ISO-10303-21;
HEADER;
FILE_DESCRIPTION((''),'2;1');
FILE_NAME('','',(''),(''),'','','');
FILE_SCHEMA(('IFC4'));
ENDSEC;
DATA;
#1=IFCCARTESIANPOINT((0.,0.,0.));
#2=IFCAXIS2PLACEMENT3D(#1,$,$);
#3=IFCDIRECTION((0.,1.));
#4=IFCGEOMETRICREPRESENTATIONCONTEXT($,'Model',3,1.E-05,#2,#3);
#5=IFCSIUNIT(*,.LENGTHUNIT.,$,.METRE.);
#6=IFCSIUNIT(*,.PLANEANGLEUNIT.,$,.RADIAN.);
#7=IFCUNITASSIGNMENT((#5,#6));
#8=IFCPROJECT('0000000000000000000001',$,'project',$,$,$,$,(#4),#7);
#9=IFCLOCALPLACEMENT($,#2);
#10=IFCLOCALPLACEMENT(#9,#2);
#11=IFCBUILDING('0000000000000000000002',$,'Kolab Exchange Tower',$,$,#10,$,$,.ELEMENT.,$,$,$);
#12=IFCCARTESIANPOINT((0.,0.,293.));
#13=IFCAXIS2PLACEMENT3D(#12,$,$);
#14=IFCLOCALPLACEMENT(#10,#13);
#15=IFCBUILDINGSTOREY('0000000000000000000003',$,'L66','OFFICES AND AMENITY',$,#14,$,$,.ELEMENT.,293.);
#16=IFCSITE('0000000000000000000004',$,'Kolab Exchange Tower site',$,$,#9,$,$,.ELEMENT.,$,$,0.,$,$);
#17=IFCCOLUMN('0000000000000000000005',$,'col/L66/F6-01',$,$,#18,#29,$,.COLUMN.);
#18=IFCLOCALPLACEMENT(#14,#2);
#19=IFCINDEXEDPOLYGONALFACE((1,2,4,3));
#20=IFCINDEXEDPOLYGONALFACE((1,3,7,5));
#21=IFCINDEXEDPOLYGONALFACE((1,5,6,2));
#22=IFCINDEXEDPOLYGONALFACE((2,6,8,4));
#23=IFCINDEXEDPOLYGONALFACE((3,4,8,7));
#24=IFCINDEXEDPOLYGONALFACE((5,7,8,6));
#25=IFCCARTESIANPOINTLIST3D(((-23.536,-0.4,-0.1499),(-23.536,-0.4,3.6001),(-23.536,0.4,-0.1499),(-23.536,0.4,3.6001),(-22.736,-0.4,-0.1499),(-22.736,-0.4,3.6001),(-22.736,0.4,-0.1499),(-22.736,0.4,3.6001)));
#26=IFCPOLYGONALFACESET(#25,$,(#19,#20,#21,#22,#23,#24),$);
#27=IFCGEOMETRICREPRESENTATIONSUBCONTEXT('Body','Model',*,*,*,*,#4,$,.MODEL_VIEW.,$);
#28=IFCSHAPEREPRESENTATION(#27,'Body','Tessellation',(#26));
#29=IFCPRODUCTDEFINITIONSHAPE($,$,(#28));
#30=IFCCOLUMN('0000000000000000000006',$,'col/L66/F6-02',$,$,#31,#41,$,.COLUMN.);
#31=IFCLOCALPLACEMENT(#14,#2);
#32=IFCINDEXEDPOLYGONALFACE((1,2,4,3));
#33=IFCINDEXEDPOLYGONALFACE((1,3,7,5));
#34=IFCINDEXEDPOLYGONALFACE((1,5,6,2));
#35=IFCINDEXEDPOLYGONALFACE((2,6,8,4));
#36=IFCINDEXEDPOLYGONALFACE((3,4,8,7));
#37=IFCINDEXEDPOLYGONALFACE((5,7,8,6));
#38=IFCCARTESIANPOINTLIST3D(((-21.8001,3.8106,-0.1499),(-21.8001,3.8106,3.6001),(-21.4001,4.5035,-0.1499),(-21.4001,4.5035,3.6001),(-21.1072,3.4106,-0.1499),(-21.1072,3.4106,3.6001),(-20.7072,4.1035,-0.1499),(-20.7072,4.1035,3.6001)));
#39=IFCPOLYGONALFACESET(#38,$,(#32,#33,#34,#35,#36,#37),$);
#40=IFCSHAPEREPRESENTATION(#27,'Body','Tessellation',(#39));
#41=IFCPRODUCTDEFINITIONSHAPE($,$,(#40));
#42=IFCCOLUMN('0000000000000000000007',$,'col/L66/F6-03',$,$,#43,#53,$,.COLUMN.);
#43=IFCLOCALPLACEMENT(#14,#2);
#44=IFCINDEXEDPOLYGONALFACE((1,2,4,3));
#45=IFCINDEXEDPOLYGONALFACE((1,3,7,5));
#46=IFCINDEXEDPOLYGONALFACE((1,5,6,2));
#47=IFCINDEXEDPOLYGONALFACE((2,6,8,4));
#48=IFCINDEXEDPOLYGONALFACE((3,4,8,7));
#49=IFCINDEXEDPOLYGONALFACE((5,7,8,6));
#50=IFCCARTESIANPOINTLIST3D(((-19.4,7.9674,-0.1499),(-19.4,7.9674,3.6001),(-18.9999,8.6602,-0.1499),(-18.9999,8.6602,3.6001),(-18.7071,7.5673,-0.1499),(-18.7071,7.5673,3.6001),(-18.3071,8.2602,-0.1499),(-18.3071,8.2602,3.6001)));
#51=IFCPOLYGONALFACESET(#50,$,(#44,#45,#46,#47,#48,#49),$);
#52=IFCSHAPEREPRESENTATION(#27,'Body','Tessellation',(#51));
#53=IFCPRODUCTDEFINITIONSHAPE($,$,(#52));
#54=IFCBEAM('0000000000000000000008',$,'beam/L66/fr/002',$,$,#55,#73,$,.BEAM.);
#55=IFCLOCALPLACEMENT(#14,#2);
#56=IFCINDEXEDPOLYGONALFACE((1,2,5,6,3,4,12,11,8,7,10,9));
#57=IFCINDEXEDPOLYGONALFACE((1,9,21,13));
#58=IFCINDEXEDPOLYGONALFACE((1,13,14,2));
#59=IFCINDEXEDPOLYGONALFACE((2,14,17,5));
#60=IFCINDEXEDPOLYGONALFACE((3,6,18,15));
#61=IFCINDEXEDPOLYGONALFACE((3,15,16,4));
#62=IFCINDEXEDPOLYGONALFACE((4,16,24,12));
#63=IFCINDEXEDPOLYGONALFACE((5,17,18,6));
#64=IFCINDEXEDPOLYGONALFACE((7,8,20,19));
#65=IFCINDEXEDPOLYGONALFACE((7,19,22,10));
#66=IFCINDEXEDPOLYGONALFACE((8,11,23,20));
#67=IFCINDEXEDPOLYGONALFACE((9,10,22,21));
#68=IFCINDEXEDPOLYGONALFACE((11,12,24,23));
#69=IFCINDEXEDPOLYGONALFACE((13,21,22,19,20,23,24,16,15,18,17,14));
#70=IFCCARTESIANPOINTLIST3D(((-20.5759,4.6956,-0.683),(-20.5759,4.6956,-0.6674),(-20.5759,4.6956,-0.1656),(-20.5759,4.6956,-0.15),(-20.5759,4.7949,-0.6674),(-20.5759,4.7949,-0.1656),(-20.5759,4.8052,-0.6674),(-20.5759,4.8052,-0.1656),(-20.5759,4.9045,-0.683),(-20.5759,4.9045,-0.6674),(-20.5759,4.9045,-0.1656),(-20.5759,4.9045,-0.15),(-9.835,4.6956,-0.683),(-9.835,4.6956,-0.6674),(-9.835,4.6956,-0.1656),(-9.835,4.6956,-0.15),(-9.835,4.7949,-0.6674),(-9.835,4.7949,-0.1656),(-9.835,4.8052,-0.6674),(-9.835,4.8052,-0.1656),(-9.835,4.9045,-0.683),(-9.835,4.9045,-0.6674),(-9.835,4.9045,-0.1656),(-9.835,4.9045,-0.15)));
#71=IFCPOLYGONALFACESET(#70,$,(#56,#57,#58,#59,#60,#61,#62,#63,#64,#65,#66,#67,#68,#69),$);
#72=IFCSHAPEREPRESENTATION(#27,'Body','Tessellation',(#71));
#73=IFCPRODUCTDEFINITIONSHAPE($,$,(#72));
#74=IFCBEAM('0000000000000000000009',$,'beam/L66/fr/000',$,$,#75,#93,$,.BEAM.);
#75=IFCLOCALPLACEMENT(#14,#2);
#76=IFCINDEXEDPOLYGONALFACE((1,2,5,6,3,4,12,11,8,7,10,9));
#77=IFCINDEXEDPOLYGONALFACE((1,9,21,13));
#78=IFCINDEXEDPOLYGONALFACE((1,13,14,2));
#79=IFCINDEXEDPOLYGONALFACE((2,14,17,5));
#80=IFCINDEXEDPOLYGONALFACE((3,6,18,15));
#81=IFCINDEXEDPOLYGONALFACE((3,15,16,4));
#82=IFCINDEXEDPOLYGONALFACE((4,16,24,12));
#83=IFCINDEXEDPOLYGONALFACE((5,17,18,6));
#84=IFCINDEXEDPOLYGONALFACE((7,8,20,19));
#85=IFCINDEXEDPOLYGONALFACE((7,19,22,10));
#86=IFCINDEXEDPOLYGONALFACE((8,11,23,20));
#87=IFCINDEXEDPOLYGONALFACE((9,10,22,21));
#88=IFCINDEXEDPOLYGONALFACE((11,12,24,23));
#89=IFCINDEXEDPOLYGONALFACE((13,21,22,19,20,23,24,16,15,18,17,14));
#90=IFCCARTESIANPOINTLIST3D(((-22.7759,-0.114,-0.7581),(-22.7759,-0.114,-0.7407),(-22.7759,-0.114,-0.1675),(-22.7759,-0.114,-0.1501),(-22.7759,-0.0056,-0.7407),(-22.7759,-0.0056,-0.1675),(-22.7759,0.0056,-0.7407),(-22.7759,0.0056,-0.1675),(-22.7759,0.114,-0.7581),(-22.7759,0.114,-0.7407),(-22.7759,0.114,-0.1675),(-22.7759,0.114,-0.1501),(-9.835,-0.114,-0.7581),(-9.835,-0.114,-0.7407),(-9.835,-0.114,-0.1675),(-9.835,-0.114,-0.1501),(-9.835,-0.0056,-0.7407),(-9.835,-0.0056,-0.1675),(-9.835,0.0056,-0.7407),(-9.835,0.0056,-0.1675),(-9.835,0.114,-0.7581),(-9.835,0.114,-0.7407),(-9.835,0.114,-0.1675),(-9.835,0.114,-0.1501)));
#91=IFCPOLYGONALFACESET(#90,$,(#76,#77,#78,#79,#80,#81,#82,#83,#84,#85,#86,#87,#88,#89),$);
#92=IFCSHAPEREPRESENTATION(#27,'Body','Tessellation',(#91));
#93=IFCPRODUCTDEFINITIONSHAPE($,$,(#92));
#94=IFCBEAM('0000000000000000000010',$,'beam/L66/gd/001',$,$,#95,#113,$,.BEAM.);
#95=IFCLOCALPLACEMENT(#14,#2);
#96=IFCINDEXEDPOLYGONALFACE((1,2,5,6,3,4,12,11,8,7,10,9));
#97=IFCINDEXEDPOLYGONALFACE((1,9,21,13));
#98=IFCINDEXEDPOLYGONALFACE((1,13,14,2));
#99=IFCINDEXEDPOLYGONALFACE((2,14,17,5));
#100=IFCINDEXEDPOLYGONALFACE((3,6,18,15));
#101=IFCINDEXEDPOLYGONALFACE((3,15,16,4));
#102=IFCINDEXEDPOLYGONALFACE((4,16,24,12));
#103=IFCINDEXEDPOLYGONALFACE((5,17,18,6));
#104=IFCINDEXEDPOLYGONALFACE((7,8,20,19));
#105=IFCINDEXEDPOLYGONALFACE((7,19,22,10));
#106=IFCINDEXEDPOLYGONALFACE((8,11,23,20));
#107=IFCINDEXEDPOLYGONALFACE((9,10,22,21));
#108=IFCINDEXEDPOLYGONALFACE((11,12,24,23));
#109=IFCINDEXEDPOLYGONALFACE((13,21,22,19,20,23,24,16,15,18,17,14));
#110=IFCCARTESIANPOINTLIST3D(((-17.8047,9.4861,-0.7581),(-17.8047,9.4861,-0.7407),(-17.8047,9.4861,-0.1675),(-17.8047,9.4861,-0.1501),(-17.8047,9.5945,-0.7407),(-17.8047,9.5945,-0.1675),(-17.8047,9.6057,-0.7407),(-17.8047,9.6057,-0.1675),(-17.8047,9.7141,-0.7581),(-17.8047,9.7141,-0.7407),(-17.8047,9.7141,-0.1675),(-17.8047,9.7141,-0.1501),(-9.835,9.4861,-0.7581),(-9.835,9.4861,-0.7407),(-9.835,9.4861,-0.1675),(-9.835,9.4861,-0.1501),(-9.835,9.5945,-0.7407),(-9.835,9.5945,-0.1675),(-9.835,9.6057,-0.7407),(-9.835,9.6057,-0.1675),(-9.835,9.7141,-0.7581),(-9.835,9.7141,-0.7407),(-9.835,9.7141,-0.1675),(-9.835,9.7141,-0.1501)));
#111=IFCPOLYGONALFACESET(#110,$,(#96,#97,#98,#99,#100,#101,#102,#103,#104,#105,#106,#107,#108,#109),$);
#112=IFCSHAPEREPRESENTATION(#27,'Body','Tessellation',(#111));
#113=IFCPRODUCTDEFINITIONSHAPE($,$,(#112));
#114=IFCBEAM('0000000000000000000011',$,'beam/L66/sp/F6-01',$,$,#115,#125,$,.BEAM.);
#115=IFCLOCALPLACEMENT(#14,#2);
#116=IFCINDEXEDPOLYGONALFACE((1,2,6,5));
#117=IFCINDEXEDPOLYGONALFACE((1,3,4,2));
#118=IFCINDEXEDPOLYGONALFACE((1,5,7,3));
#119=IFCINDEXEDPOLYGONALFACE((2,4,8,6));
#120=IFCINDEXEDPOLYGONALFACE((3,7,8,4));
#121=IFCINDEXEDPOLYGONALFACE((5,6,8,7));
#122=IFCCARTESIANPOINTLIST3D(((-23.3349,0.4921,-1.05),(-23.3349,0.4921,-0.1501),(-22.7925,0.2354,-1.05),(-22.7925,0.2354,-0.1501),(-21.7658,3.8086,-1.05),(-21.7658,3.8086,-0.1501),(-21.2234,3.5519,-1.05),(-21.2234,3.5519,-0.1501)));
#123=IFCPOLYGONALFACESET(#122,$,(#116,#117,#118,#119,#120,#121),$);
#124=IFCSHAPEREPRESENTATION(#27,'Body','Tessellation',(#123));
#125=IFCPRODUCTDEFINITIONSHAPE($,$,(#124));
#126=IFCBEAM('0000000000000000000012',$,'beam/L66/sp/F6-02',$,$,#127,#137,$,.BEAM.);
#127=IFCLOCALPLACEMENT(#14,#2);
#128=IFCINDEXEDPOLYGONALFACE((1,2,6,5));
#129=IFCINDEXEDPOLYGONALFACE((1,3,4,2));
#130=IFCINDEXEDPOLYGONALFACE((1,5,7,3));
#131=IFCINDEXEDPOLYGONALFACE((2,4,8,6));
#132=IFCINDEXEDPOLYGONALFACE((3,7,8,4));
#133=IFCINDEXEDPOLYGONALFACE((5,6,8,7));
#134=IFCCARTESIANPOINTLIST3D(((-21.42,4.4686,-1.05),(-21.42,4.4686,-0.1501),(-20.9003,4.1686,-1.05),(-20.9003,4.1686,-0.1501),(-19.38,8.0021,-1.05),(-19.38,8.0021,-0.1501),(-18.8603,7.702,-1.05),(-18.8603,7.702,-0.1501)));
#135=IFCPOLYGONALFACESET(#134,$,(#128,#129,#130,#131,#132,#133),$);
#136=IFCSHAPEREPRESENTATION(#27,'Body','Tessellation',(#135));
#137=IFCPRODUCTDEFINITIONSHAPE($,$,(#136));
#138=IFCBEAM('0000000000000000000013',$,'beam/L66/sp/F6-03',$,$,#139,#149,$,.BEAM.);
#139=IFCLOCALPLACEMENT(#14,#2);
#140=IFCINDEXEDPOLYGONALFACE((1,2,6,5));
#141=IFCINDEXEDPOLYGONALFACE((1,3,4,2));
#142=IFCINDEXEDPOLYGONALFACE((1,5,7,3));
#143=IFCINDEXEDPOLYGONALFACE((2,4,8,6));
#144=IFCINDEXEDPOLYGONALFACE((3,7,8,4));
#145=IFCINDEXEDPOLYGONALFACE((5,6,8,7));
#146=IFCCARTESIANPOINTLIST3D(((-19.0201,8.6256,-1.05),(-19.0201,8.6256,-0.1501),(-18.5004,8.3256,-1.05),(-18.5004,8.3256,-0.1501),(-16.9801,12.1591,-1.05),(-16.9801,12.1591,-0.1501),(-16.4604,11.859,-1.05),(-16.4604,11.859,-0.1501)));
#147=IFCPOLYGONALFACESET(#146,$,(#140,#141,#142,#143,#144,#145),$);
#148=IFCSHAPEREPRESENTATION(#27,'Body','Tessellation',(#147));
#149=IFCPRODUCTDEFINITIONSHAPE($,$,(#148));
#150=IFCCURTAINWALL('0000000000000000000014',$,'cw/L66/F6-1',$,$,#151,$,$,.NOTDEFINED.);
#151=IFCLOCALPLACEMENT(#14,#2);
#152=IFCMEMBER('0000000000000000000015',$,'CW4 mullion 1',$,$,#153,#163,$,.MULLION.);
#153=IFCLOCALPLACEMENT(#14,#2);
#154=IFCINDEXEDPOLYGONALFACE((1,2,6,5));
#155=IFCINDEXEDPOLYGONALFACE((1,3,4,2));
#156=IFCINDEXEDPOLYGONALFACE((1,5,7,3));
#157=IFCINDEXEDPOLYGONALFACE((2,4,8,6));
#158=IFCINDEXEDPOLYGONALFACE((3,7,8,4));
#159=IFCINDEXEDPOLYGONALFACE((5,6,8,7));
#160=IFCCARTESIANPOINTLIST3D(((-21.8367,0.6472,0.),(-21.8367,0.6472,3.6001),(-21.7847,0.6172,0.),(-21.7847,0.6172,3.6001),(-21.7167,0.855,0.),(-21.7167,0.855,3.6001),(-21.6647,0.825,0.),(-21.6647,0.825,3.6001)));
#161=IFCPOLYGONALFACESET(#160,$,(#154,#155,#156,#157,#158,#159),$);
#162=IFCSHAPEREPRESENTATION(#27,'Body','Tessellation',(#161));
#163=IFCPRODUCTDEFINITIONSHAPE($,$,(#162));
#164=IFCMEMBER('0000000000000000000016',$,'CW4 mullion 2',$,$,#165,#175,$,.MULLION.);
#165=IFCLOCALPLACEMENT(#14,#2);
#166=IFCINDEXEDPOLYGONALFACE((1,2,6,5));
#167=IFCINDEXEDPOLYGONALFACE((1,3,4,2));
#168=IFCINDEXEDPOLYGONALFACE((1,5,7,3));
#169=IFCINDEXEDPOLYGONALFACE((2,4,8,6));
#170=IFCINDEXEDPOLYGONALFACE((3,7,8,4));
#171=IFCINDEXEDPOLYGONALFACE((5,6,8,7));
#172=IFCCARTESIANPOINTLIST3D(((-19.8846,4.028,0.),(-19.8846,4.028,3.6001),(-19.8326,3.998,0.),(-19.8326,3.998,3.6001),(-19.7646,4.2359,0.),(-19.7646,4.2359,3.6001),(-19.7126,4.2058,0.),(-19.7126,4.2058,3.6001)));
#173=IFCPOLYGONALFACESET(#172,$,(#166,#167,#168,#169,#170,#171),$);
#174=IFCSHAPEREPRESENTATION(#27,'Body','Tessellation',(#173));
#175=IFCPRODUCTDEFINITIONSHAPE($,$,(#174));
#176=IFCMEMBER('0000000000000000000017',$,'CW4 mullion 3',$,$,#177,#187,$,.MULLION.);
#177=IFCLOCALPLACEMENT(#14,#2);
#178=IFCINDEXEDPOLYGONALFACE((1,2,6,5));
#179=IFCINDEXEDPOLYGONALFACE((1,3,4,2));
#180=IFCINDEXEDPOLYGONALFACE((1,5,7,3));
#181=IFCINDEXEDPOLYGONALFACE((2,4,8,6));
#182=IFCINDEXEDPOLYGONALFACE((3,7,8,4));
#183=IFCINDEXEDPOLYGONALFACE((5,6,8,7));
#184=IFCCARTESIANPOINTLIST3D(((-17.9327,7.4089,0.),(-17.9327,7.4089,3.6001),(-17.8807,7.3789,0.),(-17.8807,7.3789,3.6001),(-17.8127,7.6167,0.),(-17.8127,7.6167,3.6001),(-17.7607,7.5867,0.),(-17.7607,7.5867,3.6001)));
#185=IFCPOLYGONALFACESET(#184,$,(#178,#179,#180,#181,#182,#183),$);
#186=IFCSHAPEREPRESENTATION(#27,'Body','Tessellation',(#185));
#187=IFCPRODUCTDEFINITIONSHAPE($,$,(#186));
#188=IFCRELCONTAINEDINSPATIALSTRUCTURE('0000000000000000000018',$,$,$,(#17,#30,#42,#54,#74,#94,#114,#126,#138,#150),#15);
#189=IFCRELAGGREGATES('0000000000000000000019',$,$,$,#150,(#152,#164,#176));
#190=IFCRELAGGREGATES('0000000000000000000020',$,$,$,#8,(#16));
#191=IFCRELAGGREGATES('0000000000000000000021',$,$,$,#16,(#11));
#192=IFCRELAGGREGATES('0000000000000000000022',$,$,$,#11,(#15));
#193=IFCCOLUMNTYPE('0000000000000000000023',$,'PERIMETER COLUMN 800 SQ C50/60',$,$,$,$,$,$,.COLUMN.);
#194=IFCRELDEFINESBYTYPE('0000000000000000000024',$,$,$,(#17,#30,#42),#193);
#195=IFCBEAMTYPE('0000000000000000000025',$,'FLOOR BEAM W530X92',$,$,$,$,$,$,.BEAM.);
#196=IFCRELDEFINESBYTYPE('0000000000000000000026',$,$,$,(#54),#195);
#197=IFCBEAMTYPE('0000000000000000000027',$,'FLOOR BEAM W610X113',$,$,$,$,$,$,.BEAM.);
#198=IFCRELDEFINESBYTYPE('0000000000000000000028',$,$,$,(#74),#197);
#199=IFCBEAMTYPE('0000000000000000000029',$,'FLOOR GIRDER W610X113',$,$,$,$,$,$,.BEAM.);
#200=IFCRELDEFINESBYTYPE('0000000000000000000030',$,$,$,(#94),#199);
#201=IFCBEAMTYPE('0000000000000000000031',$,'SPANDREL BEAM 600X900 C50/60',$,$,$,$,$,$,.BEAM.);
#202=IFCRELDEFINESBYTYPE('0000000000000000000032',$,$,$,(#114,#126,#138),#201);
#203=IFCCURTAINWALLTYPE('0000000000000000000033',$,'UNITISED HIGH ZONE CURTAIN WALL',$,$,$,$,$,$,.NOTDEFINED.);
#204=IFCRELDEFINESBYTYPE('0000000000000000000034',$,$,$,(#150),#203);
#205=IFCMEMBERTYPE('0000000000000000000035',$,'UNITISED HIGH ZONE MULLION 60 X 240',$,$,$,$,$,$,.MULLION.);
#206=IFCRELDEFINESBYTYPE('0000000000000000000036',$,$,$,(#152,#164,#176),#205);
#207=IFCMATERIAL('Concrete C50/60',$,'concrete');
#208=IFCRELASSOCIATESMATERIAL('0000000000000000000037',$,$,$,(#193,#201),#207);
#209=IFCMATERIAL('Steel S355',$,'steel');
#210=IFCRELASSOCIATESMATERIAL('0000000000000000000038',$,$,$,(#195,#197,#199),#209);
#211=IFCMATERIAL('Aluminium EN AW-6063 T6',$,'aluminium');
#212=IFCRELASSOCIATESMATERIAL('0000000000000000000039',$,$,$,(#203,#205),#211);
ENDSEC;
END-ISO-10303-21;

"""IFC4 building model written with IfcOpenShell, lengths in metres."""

from ifc_helpers import new_model, si_unit, direction, frame, origin, origin_2d, place, context, subcontext, project, spatial, rectangle, i_section, extrude, material, material_profile, profile_set, type_object, element, aggregate, save


model = new_model("IFC4")

# Units and contexts
model_context = context("Model", 3, precision=1e-05, world=origin(), true_north=direction((0.0, 1.0)))
body_context = subcontext(model_context, "Body", "Model", "MODEL_VIEW")
ifc_project = project(units=[si_unit("LENGTHUNIT", "METRE"), si_unit("PLANEANGLEUNIT", "RADIAN")], contexts=[model_context])

# Site, building, storey
site_placement = place(None, origin())
site = spatial("IfcSite", under=ifc_project, at=site_placement, Name="Kolab Exchange Tower site", CompositionType="ELEMENT", RefElevation=0.0)
building_placement = place(site_placement, origin())
building = spatial("IfcBuilding", under=site, at=building_placement, Name="Kolab Exchange Tower", CompositionType="ELEMENT")
storey_placement = place(building_placement, frame((0.0, 0.0, 293.0)))
storey = spatial("IfcBuildingStorey", under=building, at=storey_placement, Name="L66", Description="OFFICES AND AMENITY", CompositionType="ELEMENT", Elevation=293.0)

# Columns
ifc_material_1 = material(Name="Concrete C50/60", Category="concrete")
ifc_material_profile_1 = material_profile(ifc_material_1, rectangle(XDim=0.8, YDim=0.8, at=origin_2d()), Name="RC800")
ifc_profile_set_1 = profile_set([ifc_material_profile_1], Name="Concrete C50/60")
column_type = type_object("IfcColumnType", Name="PERIMETER COLUMN 800 SQ C50/60", PredefinedType="COLUMN", material=ifc_profile_set_1)
for number, where, z_axis, x_axis, name in (
    (1, (-23.136, 0.0, -0.1499), (0.0, 0.0, 1.0), (1.0, 0.0, 0.0), "col/L66/F6-01"),
    (2, (-21.2537, 3.957, -0.1499), (0.0, 0.0, 1.0), (0.5, 0.866025, 0.0), "col/L66/F6-02"),
    (3, (-18.8535, 8.1138, -0.1499), (0.0, 0.0, 1.0), (0.5, 0.866025, 0.0), "col/L66/F6-03"),
):
    element("IfcColumn", number, at=place(storey_placement, frame(where, z_axis=z_axis, x_axis=x_axis)), inside=storey, type_object=column_type, Name=name, PredefinedType="COLUMN", context=body_context, shape_type="SweptSolid", body=[
        extrude(rectangle(XDim=0.8, YDim=0.8, at=origin_2d()), origin(), (0.0, 0.0, 1.0), 3.75),
    ])

# Beams
ifc_material_2 = material(Name="Steel S355", Category="steel")
ifc_material_profile_2 = material_profile(ifc_material_2, i_section(OverallWidth=0.209, OverallDepth=0.533, WebThickness=0.0103, FlangeThickness=0.0156, at=origin_2d()), Name="W530X92")
ifc_profile_set_2 = profile_set([ifc_material_profile_2], Name="Steel S355")
beam_type_1 = type_object("IfcBeamType", Name="FLOOR BEAM W530X92", PredefinedType="BEAM", material=ifc_profile_set_2)
beam_1_placement = place(storey_placement, frame((-20.5759, 4.8, -0.4165), z_axis=(1.0, 0.0, 0.0), x_axis=(0.0, 1.0, 0.0)))
element("IfcBeam", 4, at=beam_1_placement, inside=storey, type_object=beam_type_1, Name="beam/L66/fr/002", PredefinedType="BEAM", context=body_context, shape_type="SweptSolid", body=[
    extrude(i_section(OverallWidth=0.209, OverallDepth=0.533, WebThickness=0.0103, FlangeThickness=0.0156, at=origin_2d()), origin(), (0.0, 0.0, 1.0), 10.741),
])
ifc_material_profile_3 = material_profile(ifc_material_2, i_section(OverallWidth=0.228, OverallDepth=0.6079, WebThickness=0.0112, FlangeThickness=0.0173, at=origin_2d()), Name="W610X113")
ifc_profile_set_3 = profile_set([ifc_material_profile_3], Name="Steel S355")
beam_type_2 = type_object("IfcBeamType", Name="FLOOR BEAM W610X113", PredefinedType="BEAM", material=ifc_profile_set_3)
beam_2_placement = place(storey_placement, frame((-22.7759, 0.0, -0.4541), z_axis=(1.0, 0.0, 0.0), x_axis=(0.0, 1.0, 0.0)))
element("IfcBeam", 5, at=beam_2_placement, inside=storey, type_object=beam_type_2, Name="beam/L66/fr/000", PredefinedType="BEAM", context=body_context, shape_type="SweptSolid", body=[
    extrude(i_section(OverallWidth=0.228, OverallDepth=0.6079, WebThickness=0.0112, FlangeThickness=0.0173, at=origin_2d()), origin(), (0.0, 0.0, 1.0), 12.9409),
])
ifc_material_profile_4 = material_profile(ifc_material_2, i_section(OverallWidth=0.228, OverallDepth=0.6079, WebThickness=0.0112, FlangeThickness=0.0173, at=origin_2d()), Name="W610X113")
ifc_profile_set_4 = profile_set([ifc_material_profile_4], Name="Steel S355")
beam_type_3 = type_object("IfcBeamType", Name="FLOOR GIRDER W610X113", PredefinedType="BEAM", material=ifc_profile_set_4)
beam_3_placement = place(storey_placement, frame((-17.8047, 9.6001, -0.4541), z_axis=(1.0, 0.0, 0.0), x_axis=(0.0, 1.0, 0.0)))
element("IfcBeam", 6, at=beam_3_placement, inside=storey, type_object=beam_type_3, Name="beam/L66/gd/001", PredefinedType="BEAM", context=body_context, shape_type="SweptSolid", body=[
    extrude(i_section(OverallWidth=0.228, OverallDepth=0.6079, WebThickness=0.0112, FlangeThickness=0.0173, at=origin_2d()), origin(), (0.0, 0.0, 1.0), 7.9697),
])
ifc_material_profile_5 = material_profile(ifc_material_1, rectangle(XDim=0.6001, YDim=0.8999, at=origin_2d()), Name="RC600X900")
ifc_profile_set_5 = profile_set([ifc_material_profile_5], Name="Concrete C50/60")
beam_type_4 = type_object("IfcBeamType", Name="SPANDREL BEAM 600X900 C50/60", PredefinedType="BEAM", material=ifc_profile_set_5)
beam_4_placement = place(storey_placement, frame((-23.0637, 0.3638, -0.6001), z_axis=(0.427677, 0.903932, 0.0), x_axis=(-0.903932, 0.427677, 0.0)))
element("IfcBeam", 7, at=beam_4_placement, inside=storey, type_object=beam_type_4, Name="beam/L66/sp/F6-01", PredefinedType="BEAM", context=body_context, shape_type="SweptSolid", body=[
    extrude(rectangle(XDim=0.6001, YDim=0.8999, at=origin_2d()), origin(), (0.0, 0.0, 1.0), 3.6689),
])
for number, where, z_axis, x_axis, name in (
    (8, (-21.1602, 4.3186, -0.6001), (0.5, 0.866025, 0.0), (-0.866025, 0.5, 0.0), "beam/L66/sp/F6-02"),
    (9, (-18.7603, 8.4756, -0.6001), (0.5, 0.866025, 0.0), (-0.866025, 0.5, 0.0), "beam/L66/sp/F6-03"),
):
    element("IfcBeam", number, at=place(storey_placement, frame(where, z_axis=z_axis, x_axis=x_axis)), inside=storey, type_object=beam_type_4, Name=name, PredefinedType="BEAM", context=body_context, shape_type="SweptSolid", body=[
        extrude(rectangle(XDim=0.6001, YDim=0.8999, at=origin_2d()), origin(), (0.0, 0.0, 1.0), 4.0801),
    ])

# Curtain wall, members
ifc_material_3 = material(Name="Aluminium EN AW-6063 T6", Category="aluminium")
curtain_wall_type = type_object("IfcCurtainWallType", Name="UNITISED HIGH ZONE CURTAIN WALL", PredefinedType="NOTDEFINED", material=ifc_material_3)
curtain_wall_1_placement = place(storey_placement, origin())
curtain_wall_1 = element("IfcCurtainWall", 10, at=curtain_wall_1_placement, inside=storey, type_object=curtain_wall_type, Name="cw/L66/F6-1", PredefinedType="NOTDEFINED")
ifc_material_profile_6 = material_profile(ifc_material_3, rectangle(XDim=0.0601, YDim=0.24, at=origin_2d()), Name="RECT 60X240")
ifc_profile_set_6 = profile_set([ifc_material_profile_6], Name="Aluminium EN AW-6063 T6")
member_type_1 = type_object("IfcMemberType", Name="UNITISED HIGH ZONE MULLION 60 X 240", PredefinedType="MULLION", material=ifc_profile_set_6)
member_1_placement = place(storey_placement, frame((-21.7507, 0.7361, 0.0), z_axis=(0.0, 0.0, 1.0), x_axis=(-0.866025, 0.5, 0.0)))
member_1 = element("IfcMember", 11, at=member_1_placement, type_object=member_type_1, Name="CW4 mullion 1", PredefinedType="MULLION", context=body_context, shape_type="SweptSolid", body=[
    extrude(rectangle(XDim=0.0601, YDim=0.24, at=origin_2d()), origin(), (0.0, 0.0, 1.0), 3.6001),
])
member_2_placement = place(storey_placement, frame((-19.7986, 4.1169, 0.0), z_axis=(0.0, 0.0, 1.0), x_axis=(-0.866025, 0.5, 0.0)))
member_2 = element("IfcMember", 12, at=member_2_placement, type_object=member_type_1, Name="CW4 mullion 2", PredefinedType="MULLION", context=body_context, shape_type="SweptSolid", body=[
    extrude(rectangle(XDim=0.0601, YDim=0.24, at=origin_2d()), origin(), (0.0, 0.0, 1.0), 3.6001),
])
member_3_placement = place(storey_placement, frame((-17.8467, 7.4978, 0.0), z_axis=(0.0, 0.0, 1.0), x_axis=(-0.866025, 0.5, 0.0)))
member_3 = element("IfcMember", 13, at=member_3_placement, type_object=member_type_1, Name="CW4 mullion 3", PredefinedType="MULLION", context=body_context, shape_type="SweptSolid", body=[
    extrude(rectangle(XDim=0.0601, YDim=0.24, at=origin_2d()), origin(), (0.0, 0.0, 1.0), 3.6001),
])

aggregate(curtain_wall_1, [member_1, member_2, member_3])

save(model, "model.ifc")
